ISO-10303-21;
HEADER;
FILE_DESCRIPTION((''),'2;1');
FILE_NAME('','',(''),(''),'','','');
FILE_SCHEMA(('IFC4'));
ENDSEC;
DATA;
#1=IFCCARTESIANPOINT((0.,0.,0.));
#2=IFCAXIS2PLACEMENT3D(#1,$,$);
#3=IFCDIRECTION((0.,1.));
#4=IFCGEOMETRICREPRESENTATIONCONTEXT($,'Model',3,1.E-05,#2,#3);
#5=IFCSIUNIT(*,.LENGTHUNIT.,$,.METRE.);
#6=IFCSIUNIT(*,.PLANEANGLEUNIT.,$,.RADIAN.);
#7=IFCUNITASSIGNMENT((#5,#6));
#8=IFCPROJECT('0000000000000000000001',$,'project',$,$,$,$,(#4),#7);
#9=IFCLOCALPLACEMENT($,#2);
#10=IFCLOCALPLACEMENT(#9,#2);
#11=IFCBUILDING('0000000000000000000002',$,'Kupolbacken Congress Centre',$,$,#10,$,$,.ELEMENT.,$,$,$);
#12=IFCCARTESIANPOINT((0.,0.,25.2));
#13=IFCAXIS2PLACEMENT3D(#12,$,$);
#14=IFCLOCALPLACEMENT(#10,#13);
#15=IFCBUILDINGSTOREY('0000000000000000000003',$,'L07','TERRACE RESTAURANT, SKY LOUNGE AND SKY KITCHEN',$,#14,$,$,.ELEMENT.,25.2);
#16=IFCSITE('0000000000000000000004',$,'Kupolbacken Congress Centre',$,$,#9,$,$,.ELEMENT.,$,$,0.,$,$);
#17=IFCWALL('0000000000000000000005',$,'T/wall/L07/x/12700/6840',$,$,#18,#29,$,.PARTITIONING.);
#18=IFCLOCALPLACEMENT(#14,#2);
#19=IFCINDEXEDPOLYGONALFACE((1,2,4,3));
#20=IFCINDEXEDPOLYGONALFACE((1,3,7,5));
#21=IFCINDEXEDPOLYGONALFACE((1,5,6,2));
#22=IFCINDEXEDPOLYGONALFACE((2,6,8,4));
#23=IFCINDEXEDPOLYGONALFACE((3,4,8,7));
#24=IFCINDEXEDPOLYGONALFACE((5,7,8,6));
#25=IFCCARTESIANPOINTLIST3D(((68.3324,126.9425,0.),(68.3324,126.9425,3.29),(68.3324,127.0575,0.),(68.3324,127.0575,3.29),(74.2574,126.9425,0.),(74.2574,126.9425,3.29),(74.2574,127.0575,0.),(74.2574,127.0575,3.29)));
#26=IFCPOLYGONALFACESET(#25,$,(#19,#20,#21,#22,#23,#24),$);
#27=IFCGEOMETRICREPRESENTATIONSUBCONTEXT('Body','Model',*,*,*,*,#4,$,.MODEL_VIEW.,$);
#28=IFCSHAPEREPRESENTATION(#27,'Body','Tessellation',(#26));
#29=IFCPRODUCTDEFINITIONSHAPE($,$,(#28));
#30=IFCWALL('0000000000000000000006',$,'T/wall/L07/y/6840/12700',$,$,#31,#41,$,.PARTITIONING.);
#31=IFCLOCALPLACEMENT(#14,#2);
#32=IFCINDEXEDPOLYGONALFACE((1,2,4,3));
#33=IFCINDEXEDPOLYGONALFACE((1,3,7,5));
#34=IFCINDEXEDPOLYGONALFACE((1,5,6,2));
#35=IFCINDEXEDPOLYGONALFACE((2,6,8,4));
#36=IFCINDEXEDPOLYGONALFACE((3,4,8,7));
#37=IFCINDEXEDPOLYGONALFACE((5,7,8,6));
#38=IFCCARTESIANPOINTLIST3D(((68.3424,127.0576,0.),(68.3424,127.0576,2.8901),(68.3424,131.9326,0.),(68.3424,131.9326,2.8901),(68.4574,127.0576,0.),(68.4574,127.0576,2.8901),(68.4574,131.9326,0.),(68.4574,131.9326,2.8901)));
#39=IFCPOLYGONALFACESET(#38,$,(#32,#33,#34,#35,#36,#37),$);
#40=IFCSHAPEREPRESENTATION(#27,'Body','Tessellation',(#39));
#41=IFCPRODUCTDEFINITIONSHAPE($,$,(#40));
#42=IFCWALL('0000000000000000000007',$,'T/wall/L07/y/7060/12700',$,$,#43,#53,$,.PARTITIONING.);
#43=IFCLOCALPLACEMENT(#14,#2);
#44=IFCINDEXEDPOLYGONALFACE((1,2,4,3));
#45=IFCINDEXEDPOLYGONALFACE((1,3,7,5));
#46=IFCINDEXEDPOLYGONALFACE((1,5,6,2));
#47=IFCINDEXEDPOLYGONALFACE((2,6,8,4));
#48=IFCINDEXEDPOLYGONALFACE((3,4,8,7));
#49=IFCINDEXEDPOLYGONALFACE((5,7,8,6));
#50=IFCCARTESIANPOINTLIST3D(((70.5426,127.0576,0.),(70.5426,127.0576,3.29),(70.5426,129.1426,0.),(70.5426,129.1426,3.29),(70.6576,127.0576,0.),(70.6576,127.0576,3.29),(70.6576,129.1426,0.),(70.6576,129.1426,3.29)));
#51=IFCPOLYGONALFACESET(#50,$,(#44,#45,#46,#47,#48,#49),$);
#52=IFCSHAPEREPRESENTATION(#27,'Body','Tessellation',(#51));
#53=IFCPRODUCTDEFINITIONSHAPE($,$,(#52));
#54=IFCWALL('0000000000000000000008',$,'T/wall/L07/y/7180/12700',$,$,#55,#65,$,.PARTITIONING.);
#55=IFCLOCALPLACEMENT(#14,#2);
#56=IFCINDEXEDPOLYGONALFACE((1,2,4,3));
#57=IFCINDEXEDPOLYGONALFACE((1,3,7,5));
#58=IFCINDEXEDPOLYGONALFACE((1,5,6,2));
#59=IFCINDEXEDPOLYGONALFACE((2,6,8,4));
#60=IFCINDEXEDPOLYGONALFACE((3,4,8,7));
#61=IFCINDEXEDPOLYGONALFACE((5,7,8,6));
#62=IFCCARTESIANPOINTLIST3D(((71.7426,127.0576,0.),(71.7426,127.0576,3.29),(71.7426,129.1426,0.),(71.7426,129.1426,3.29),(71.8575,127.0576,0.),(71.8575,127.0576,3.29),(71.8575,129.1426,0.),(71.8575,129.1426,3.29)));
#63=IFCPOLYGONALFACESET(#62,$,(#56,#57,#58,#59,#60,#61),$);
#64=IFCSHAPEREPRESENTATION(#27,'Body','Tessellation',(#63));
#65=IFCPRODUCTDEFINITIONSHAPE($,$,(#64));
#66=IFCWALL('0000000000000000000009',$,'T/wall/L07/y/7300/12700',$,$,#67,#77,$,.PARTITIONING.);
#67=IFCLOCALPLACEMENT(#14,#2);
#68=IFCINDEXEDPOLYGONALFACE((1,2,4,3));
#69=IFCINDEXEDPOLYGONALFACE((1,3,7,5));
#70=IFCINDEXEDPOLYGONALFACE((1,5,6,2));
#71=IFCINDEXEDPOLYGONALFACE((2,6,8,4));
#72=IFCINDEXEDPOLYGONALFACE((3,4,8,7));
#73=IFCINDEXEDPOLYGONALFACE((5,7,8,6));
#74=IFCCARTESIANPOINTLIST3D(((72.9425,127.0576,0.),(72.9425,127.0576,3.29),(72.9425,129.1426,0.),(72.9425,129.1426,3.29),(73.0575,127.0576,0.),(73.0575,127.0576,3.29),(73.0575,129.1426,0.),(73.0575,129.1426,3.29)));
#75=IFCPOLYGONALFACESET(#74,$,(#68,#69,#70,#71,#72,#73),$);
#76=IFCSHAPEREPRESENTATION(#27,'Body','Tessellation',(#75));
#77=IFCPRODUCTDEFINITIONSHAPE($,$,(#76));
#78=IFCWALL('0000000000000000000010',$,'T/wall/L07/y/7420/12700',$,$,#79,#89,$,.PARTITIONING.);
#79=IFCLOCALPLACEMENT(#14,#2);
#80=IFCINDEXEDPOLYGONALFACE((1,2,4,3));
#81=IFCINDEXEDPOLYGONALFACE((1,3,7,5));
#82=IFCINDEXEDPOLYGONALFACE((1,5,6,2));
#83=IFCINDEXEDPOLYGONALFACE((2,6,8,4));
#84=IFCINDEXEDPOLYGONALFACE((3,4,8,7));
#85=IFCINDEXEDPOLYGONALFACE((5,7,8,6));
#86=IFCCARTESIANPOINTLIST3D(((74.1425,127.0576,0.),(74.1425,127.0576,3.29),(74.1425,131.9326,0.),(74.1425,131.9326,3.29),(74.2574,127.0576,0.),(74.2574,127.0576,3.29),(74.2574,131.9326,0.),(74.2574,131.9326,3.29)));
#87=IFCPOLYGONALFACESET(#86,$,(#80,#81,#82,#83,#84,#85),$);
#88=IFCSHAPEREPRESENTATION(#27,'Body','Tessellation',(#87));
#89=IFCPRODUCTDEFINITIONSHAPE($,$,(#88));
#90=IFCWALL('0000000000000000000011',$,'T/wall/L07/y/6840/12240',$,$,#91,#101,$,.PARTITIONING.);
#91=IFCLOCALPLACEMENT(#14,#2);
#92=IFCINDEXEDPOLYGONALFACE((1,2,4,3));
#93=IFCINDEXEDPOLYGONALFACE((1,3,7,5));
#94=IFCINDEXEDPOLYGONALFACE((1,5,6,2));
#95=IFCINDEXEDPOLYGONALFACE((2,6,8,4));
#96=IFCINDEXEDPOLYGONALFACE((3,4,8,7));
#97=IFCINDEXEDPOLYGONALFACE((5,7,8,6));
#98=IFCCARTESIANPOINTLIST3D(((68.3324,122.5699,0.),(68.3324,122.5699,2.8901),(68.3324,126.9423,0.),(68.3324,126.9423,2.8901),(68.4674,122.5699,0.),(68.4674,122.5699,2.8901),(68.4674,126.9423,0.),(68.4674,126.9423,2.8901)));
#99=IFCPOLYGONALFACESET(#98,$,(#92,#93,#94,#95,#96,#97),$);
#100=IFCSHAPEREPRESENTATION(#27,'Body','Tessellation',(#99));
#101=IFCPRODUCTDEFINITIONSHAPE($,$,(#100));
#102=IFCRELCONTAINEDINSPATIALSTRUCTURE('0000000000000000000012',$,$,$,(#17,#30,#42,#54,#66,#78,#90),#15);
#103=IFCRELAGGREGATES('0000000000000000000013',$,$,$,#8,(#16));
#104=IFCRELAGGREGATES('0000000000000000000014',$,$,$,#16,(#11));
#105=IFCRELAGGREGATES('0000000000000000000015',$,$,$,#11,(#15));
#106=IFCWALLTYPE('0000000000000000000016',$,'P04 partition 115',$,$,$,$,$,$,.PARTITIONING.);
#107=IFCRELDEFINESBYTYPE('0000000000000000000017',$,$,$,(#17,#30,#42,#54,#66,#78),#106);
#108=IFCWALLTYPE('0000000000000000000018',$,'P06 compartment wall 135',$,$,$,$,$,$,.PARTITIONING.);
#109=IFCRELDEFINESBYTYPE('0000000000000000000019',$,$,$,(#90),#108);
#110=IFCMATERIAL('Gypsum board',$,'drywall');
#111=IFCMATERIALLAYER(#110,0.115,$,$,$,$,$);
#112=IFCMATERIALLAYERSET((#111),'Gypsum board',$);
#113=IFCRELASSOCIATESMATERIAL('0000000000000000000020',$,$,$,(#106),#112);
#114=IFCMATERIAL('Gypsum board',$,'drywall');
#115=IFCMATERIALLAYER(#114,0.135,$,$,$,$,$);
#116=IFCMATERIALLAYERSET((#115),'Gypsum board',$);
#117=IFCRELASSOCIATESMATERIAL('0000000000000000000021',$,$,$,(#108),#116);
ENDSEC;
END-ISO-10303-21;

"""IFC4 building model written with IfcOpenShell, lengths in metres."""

from ifc_helpers import new_model, si_unit, direction, frame, frame_2d, origin, place, context, subcontext, project, spatial, rectangle, extrude, material, layer, layer_set, type_object, element, save


model = new_model("IFC4")

# Units and contexts
model_context = context("Model", 3, precision=1e-05, world=origin(), true_north=direction((0.0, 1.0)))
body_context = subcontext(model_context, "Body", "Model", "MODEL_VIEW")
ifc_project = project(units=[si_unit("LENGTHUNIT", "METRE"), si_unit("PLANEANGLEUNIT", "RADIAN")], contexts=[model_context])

# Site, building, storey
site_placement = place(None, origin())
site = spatial("IfcSite", under=ifc_project, at=site_placement, Name="Kupolbacken Congress Centre", CompositionType="ELEMENT", RefElevation=0.0)
building_placement = place(site_placement, origin())
building = spatial("IfcBuilding", under=site, at=building_placement, Name="Kupolbacken Congress Centre", CompositionType="ELEMENT")
storey_placement = place(building_placement, frame((0.0, 0.0, 25.2)))
storey = spatial("IfcBuildingStorey", under=building, at=storey_placement, Name="L07", Description="TERRACE RESTAURANT, SKY LOUNGE AND SKY KITCHEN", CompositionType="ELEMENT", Elevation=25.2)

# Walls
ifc_material_1 = material(Name="Gypsum board", Category="drywall")
ifc_layer_1 = layer(ifc_material_1, 0.115)
ifc_layer_set_1 = layer_set([ifc_layer_1], Name="Gypsum board")
wall_type_1 = type_object("IfcWallType", Name="P04 partition 115", PredefinedType="PARTITIONING", material=ifc_layer_set_1)
wall_1_placement = place(storey_placement, frame((68.3325, 127.0, 0.0), z_axis=(0.0, 0.0, 1.0), x_axis=(1.0, 0.0, 0.0)))
element("IfcWall", 1, at=wall_1_placement, inside=storey, type_object=wall_type_1, Name="T/wall/L07/x/12700/6840", PredefinedType="PARTITIONING", context=body_context, shape_type="SweptSolid", body=[
    extrude(rectangle(XDim=5.925, YDim=0.115, at=frame_2d((2.9624, 0.0))), origin(), (0.0, 0.0, 1.0), 3.29),
])
wall_2_placement = place(storey_placement, frame((68.3999, 127.0576, 0.0), z_axis=(0.0, 0.0, 1.0), x_axis=(0.0, 1.0, 0.0)))
element("IfcWall", 2, at=wall_2_placement, inside=storey, type_object=wall_type_1, Name="T/wall/L07/y/6840/12700", PredefinedType="PARTITIONING", context=body_context, shape_type="SweptSolid", body=[
    extrude(rectangle(XDim=4.875, YDim=0.115, at=frame_2d((2.4375, 0.0))), origin(), (0.0, 0.0, 1.0), 2.8901),
])
for number, where, z_axis, x_axis, name in (
    (3, (70.6001, 127.0576, 0.0), (0.0, 0.0, 1.0), (0.0, 1.0, 0.0), "T/wall/L07/y/7060/12700"),
    (4, (71.8, 127.0576, 0.0), (0.0, 0.0, 1.0), (0.0, 1.0, 0.0), "T/wall/L07/y/7180/12700"),
    (5, (73.0, 127.0576, 0.0), (0.0, 0.0, 1.0), (0.0, 1.0, 0.0), "T/wall/L07/y/7300/12700"),
):
    element("IfcWall", number, at=place(storey_placement, frame(where, z_axis=z_axis, x_axis=x_axis)), inside=storey, type_object=wall_type_1, Name=name, PredefinedType="PARTITIONING", context=body_context, shape_type="SweptSolid", body=[
        extrude(rectangle(XDim=2.085, YDim=0.115, at=frame_2d((1.0425, 0.0))), origin(), (0.0, 0.0, 1.0), 3.29),
    ])
wall_3_placement = place(storey_placement, frame((74.2, 127.0576, 0.0), z_axis=(0.0, 0.0, 1.0), x_axis=(0.0, 1.0, 0.0)))
element("IfcWall", 6, at=wall_3_placement, inside=storey, type_object=wall_type_1, Name="T/wall/L07/y/7420/12700", PredefinedType="PARTITIONING", context=body_context, shape_type="SweptSolid", body=[
    extrude(rectangle(XDim=4.875, YDim=0.115, at=frame_2d((2.4375, 0.0))), origin(), (0.0, 0.0, 1.0), 3.29),
])
ifc_material_2 = material(Name="Gypsum board", Category="drywall")
ifc_layer_2 = layer(ifc_material_2, 0.135)
ifc_layer_set_2 = layer_set([ifc_layer_2], Name="Gypsum board")
wall_type_2 = type_object("IfcWallType", Name="P06 compartment wall 135", PredefinedType="PARTITIONING", material=ifc_layer_set_2)
wall_4_placement = place(storey_placement, frame((68.3999, 122.5701, 0.0), z_axis=(0.0, 0.0, 1.0), x_axis=(0.0, 1.0, 0.0)))
element("IfcWall", 7, at=wall_4_placement, inside=storey, type_object=wall_type_2, Name="T/wall/L07/y/6840/12240", PredefinedType="PARTITIONING", context=body_context, shape_type="SweptSolid", body=[
    extrude(rectangle(XDim=4.3723, YDim=0.135, at=frame_2d((2.186, 0.0))), origin(), (0.0, 0.0, 1.0), 2.8901),
])

save(model, "model.ifc")
